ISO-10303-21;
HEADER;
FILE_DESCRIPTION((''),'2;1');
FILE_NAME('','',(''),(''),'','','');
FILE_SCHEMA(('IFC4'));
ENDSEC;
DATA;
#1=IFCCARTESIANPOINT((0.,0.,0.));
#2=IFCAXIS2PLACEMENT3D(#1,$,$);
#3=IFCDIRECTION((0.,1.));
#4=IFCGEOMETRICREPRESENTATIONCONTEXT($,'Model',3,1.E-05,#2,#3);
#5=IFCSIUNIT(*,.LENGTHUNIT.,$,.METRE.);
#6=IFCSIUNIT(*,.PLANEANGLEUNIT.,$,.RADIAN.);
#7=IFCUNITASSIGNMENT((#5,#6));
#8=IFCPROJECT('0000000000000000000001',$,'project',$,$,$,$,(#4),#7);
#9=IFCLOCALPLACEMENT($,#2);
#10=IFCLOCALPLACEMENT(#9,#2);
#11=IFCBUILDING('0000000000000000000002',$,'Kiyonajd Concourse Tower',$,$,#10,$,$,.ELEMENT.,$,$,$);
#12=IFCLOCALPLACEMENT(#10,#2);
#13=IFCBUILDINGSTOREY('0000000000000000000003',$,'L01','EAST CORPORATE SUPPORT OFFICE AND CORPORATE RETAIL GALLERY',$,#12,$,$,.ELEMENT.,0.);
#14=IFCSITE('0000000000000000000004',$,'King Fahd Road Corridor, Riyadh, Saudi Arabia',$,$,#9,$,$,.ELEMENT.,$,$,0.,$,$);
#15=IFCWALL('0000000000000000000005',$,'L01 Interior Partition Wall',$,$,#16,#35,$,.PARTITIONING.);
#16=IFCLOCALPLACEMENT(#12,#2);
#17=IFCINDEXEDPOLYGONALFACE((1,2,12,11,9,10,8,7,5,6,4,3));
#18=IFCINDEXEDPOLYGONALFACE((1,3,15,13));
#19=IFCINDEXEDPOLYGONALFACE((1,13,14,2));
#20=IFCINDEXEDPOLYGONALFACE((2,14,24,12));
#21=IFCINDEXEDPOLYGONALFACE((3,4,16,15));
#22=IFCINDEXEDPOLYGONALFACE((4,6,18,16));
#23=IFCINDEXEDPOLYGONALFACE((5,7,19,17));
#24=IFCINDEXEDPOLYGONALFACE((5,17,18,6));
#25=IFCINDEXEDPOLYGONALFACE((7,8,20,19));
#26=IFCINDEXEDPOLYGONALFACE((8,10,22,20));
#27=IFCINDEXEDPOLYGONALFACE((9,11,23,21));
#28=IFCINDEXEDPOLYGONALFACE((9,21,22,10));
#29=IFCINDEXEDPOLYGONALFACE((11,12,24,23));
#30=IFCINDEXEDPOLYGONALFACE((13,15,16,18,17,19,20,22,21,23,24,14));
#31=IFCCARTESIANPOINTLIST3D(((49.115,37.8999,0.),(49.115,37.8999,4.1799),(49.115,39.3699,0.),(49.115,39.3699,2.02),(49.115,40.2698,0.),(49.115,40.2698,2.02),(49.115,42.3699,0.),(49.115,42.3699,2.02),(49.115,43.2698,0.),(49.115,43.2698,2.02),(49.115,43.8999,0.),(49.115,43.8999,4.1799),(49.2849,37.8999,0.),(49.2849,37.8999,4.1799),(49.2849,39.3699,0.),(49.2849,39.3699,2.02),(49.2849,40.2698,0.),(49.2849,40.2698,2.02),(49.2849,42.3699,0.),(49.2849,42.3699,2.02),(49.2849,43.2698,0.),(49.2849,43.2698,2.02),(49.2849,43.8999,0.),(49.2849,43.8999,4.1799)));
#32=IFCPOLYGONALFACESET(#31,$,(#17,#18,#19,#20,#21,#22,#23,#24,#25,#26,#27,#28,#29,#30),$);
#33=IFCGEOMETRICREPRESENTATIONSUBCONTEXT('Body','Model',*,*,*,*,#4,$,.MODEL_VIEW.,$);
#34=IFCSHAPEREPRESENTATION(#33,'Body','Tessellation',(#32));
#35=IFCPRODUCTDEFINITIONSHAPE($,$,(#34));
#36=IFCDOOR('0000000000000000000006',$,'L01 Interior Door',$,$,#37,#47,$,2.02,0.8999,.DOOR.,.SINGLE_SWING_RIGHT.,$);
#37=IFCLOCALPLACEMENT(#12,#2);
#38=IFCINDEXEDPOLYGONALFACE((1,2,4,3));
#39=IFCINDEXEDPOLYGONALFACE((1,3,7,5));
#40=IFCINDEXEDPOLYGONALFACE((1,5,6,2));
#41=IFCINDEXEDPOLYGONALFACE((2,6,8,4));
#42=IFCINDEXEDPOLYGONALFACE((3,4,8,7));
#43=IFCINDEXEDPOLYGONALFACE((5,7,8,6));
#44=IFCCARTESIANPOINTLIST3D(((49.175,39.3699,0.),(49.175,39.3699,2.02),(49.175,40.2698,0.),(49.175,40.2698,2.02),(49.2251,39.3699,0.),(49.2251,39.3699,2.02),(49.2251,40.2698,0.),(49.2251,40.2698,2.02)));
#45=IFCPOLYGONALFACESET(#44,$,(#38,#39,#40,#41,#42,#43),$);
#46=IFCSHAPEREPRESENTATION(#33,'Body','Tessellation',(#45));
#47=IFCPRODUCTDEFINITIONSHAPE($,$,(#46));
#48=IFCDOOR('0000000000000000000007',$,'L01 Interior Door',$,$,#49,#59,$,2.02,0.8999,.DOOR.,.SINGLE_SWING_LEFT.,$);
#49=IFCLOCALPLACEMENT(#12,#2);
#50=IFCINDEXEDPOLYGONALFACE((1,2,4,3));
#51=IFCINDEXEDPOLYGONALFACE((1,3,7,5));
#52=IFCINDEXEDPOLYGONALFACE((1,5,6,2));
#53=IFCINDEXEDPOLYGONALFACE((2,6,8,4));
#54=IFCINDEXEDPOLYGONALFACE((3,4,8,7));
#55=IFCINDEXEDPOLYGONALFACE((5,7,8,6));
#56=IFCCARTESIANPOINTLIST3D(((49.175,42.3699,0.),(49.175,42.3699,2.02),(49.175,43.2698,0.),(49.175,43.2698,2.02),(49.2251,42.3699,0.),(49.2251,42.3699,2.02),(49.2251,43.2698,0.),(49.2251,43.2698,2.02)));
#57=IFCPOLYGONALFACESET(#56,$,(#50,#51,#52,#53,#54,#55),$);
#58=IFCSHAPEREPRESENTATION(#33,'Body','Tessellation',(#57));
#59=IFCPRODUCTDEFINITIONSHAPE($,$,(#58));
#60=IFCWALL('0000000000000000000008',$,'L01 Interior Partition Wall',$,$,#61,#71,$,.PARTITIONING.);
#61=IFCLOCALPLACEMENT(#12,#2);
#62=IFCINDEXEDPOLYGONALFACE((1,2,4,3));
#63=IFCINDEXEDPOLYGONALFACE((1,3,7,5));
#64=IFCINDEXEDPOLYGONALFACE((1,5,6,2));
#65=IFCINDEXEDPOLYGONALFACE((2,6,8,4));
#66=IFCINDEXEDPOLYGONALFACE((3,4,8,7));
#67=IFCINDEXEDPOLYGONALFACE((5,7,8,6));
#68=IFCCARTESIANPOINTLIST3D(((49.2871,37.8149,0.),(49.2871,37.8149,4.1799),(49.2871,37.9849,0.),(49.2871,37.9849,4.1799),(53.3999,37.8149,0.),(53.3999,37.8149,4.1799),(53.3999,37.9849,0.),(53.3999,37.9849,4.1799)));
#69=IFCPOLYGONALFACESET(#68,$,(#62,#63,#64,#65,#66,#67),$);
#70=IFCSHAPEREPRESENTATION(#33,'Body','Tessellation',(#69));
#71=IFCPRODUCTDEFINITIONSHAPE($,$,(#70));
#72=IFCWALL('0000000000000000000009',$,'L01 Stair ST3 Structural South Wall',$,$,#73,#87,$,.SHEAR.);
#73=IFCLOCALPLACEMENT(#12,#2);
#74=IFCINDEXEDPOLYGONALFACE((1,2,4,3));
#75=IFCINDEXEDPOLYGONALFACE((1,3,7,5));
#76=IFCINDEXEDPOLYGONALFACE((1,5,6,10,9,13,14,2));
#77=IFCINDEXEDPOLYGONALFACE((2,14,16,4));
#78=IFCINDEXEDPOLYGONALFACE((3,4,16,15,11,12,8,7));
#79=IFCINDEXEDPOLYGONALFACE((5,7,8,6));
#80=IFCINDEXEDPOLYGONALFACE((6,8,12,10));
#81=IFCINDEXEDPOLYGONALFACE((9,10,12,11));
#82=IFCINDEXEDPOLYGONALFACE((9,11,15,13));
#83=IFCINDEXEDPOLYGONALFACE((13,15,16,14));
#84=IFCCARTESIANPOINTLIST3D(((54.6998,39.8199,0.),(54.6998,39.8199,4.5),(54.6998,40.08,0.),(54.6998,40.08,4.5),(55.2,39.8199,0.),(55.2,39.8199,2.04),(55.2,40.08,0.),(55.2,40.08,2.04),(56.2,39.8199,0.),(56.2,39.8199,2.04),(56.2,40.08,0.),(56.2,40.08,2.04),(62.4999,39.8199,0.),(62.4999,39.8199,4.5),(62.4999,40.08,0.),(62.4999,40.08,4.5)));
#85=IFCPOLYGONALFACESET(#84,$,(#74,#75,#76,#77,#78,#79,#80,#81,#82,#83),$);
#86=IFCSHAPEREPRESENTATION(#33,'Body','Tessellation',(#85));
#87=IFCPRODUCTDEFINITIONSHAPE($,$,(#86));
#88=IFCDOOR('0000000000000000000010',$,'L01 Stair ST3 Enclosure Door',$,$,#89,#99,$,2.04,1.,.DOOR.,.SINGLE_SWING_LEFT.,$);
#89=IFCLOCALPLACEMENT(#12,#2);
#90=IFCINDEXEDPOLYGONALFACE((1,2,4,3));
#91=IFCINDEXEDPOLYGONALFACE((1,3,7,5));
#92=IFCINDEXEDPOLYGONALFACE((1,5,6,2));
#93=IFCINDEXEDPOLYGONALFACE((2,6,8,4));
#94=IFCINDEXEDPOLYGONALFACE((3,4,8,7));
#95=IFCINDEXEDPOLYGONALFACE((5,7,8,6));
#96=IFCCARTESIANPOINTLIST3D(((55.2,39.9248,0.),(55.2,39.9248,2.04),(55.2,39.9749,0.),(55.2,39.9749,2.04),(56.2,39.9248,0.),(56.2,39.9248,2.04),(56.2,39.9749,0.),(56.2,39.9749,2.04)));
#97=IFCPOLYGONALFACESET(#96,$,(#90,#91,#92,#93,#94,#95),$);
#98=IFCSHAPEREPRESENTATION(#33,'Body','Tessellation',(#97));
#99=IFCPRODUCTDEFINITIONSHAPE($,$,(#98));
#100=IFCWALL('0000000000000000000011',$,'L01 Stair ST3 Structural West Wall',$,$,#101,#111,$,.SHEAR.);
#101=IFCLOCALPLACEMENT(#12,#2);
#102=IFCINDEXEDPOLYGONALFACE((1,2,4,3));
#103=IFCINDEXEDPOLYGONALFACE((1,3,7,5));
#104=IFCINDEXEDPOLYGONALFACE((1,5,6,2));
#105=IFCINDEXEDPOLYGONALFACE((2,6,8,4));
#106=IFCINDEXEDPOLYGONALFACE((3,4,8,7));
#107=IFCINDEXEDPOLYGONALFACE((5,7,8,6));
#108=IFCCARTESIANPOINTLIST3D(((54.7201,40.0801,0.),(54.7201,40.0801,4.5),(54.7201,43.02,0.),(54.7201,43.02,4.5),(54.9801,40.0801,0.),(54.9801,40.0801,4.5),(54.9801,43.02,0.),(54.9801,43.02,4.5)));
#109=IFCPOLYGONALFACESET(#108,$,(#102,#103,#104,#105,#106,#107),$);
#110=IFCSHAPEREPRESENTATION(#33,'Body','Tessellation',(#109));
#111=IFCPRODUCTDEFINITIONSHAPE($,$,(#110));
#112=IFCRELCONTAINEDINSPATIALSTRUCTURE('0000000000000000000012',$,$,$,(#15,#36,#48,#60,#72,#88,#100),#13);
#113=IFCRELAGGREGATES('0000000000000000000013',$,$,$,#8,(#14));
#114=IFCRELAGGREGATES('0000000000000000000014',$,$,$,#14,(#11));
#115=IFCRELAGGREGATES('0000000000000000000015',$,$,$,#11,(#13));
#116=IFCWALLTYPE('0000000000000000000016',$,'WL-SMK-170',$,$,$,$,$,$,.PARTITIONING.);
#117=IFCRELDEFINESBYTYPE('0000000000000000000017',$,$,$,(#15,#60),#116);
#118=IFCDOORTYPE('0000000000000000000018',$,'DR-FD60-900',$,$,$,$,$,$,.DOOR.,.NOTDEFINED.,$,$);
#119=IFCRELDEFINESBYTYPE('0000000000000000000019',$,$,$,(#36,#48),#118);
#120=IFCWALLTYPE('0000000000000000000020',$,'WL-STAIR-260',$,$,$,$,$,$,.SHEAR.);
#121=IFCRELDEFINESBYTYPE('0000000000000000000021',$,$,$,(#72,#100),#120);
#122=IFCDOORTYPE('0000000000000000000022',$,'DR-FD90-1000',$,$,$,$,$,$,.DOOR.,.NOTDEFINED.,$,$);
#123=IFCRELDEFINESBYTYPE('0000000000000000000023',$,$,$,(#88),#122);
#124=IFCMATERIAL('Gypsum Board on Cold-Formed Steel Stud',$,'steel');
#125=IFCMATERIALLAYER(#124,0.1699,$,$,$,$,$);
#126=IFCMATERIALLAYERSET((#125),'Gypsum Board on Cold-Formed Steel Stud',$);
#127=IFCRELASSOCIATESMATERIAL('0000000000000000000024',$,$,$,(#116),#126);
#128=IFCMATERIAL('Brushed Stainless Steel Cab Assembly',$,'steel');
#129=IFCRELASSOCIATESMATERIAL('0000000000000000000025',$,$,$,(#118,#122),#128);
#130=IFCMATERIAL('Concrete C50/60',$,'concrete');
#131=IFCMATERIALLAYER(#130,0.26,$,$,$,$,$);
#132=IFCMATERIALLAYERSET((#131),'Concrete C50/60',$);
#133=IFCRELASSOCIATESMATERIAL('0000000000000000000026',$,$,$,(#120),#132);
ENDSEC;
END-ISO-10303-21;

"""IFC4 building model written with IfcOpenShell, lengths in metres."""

from ifc_helpers import new_model, si_unit, direction, frame, frame_2d, origin, place, context, subcontext, project, spatial, rectangle, extrude, material, layer, layer_set, type_object, element, fill, save


model = new_model("IFC4")

# Units and contexts
model_context = context("Model", 3, precision=1e-05, world=origin(), true_north=direction((0.0, 1.0)))
body_context = subcontext(model_context, "Body", "Model", "MODEL_VIEW")
ifc_project = project(units=[si_unit("LENGTHUNIT", "METRE"), si_unit("PLANEANGLEUNIT", "RADIAN")], contexts=[model_context])

# Site, building, storey
site_placement = place(None, origin())
site = spatial("IfcSite", under=ifc_project, at=site_placement, Name="King Fahd Road Corridor, Riyadh, Saudi Arabia", CompositionType="ELEMENT", RefElevation=0.0)
building_placement = place(site_placement, origin())
building = spatial("IfcBuilding", under=site, at=building_placement, Name="Kiyonajd Concourse Tower", CompositionType="ELEMENT")
storey_placement = place(building_placement, origin())
storey = spatial("IfcBuildingStorey", under=building, at=storey_placement, Name="L01", Description="EAST CORPORATE SUPPORT OFFICE AND CORPORATE RETAIL GALLERY", CompositionType="ELEMENT", Elevation=0.0)

# Shared definitions
ifc_material_1 = material(Name="Gypsum Board on Cold-Formed Steel Stud", Category="steel")

# Shared definitions
ifc_layer_1 = layer(ifc_material_1, 0.1699)
ifc_layer_set_1 = layer_set([ifc_layer_1], Name="Gypsum Board on Cold-Formed Steel Stud")
wall_type_1 = type_object("IfcWallType", Name="WL-SMK-170", PredefinedType="PARTITIONING", material=ifc_layer_set_1)

# Wall, openings, doors
wall_1_placement = place(storey_placement, frame((49.2, 37.8999, 0.0), z_axis=(0.0, 0.0, 1.0), x_axis=(0.0, 1.0, 0.0)))
wall_1 = element("IfcWall", 1, at=wall_1_placement, inside=storey, type_object=wall_type_1, Name="L01 Interior Partition Wall", PredefinedType="PARTITIONING", context=body_context, shape_type="SweptSolid", body=[
    extrude(rectangle(XDim=6.0, YDim=0.1699, at=frame_2d((3.0, 0.0))), origin(), (0.0, 0.0, 1.0), 4.1799),
])
opening_1_placement = place(wall_1_placement, frame((1.47, 0.0, 0.0)))
opening_1 = element("IfcOpeningElement", 2, at=opening_1_placement, cuts=wall_1, PredefinedType="OPENING", context=body_context, shape_type="SweptSolid", body=[
    extrude(rectangle(XDim=0.8999, YDim=2.02, at=frame_2d((0.45, 1.01))), frame((0.0, 0.095, 0.0), z_axis=(0.0, -1.0, 0.0), x_axis=(1.0, 0.0, 0.0)), (0.0, 0.0, 1.0), 0.1899),
])
opening_2_placement = place(wall_1_placement, frame((4.47, 0.0, 0.0)))
opening_2 = element("IfcOpeningElement", 3, at=opening_2_placement, cuts=wall_1, PredefinedType="OPENING", context=body_context, shape_type="SweptSolid", body=[
    extrude(rectangle(XDim=0.8999, YDim=2.02, at=frame_2d((0.45, 1.01))), frame((0.0, 0.095, 0.0), z_axis=(0.0, -1.0, 0.0), x_axis=(1.0, 0.0, 0.0)), (0.0, 0.0, 1.0), 0.1899),
])
ifc_material_2 = material(Name="Brushed Stainless Steel Cab Assembly", Category="steel")
door_type_1 = type_object("IfcDoorType", Name="DR-FD60-900", OperationType="NOTDEFINED", PredefinedType="DOOR", material=ifc_material_2)
door_1_placement = place(opening_1_placement, origin())
door_1 = element("IfcDoor", 4, at=door_1_placement, inside=storey, type_object=door_type_1, Name="L01 Interior Door", OperationType="SINGLE_SWING_RIGHT", OverallHeight=2.02, OverallWidth=0.8999, PredefinedType="DOOR", context=body_context, shape_type="SweptSolid", body=[
    extrude(rectangle(XDim=0.8999, YDim=2.02, at=frame_2d((0.45, 1.01))), frame((0.0, 0.0249, 0.0), z_axis=(0.0, -1.0, 0.0), x_axis=(1.0, 0.0, 0.0)), (0.0, 0.0, 1.0), 0.05),
])
fill(opening_1, door_1)
door_2_placement = place(opening_2_placement, origin())
door_2 = element("IfcDoor", 5, at=door_2_placement, inside=storey, type_object=door_type_1, Name="L01 Interior Door", OperationType="SINGLE_SWING_LEFT", OverallHeight=2.02, OverallWidth=0.8999, PredefinedType="DOOR", context=body_context, shape_type="SweptSolid", body=[
    extrude(rectangle(XDim=0.8999, YDim=2.02, at=frame_2d((0.45, 1.01))), frame((0.0, 0.0249, 0.0), z_axis=(0.0, -1.0, 0.0), x_axis=(1.0, 0.0, 0.0)), (0.0, 0.0, 1.0), 0.05),
])
fill(opening_2, door_2)

# Wall
wall_2_placement = place(storey_placement, frame((49.2871, 37.8999, 0.0), z_axis=(0.0, 0.0, 1.0), x_axis=(1.0, 0.0, 0.0)))
element("IfcWall", 6, at=wall_2_placement, inside=storey, type_object=wall_type_1, Name="L01 Interior Partition Wall", PredefinedType="PARTITIONING", context=body_context, shape_type="SweptSolid", body=[
    extrude(rectangle(XDim=4.1128, YDim=0.1699, at=frame_2d((2.0564, 0.0))), origin(), (0.0, 0.0, 1.0), 4.1799),
])

# Wall, opening, door
ifc_material_3 = material(Name="Concrete C50/60", Category="concrete")
ifc_layer_2 = layer(ifc_material_3, 0.26)
ifc_layer_set_2 = layer_set([ifc_layer_2], Name="Concrete C50/60")
wall_type_2 = type_object("IfcWallType", Name="WL-STAIR-260", PredefinedType="SHEAR", material=ifc_layer_set_2)
wall_3_placement = place(storey_placement, frame((54.7, 39.95, 0.0), z_axis=(0.0, 0.0, 1.0), x_axis=(1.0, 0.0, 0.0)))
wall_3 = element("IfcWall", 7, at=wall_3_placement, inside=storey, type_object=wall_type_2, Name="L01 Stair ST3 Structural South Wall", PredefinedType="SHEAR", context=body_context, shape_type="SweptSolid", body=[
    extrude(rectangle(XDim=7.8, YDim=0.26, at=frame_2d((3.8999, 0.0))), origin(), (0.0, 0.0, 1.0), 4.5),
])
opening_3_placement = place(wall_3_placement, frame((0.5, 0.0, 0.0)))
opening_3 = element("IfcOpeningElement", 8, at=opening_3_placement, cuts=wall_3, PredefinedType="OPENING", context=body_context, shape_type="SweptSolid", body=[
    extrude(rectangle(XDim=1.0, YDim=2.04, at=frame_2d((0.5, 1.02))), frame((0.0, 0.1399, 0.0), z_axis=(0.0, -1.0, 0.0), x_axis=(1.0, 0.0, 0.0)), (0.0, 0.0, 1.0), 0.28),
])
door_type_2 = type_object("IfcDoorType", Name="DR-FD90-1000", OperationType="NOTDEFINED", PredefinedType="DOOR", material=ifc_material_2)
door_3_placement = place(opening_3_placement, origin())
door_3 = element("IfcDoor", 9, at=door_3_placement, inside=storey, type_object=door_type_2, Name="L01 Stair ST3 Enclosure Door", OperationType="SINGLE_SWING_LEFT", OverallHeight=2.04, OverallWidth=1.0, PredefinedType="DOOR", context=body_context, shape_type="SweptSolid", body=[
    extrude(rectangle(XDim=1.0, YDim=2.04, at=frame_2d((0.5, 1.02))), frame((0.0, 0.0249, 0.0), z_axis=(0.0, -1.0, 0.0), x_axis=(1.0, 0.0, 0.0)), (0.0, 0.0, 1.0), 0.05),
])
fill(opening_3, door_3)

# Wall
wall_4_placement = place(storey_placement, frame((54.8501, 40.0801, 0.0), z_axis=(0.0, 0.0, 1.0), x_axis=(0.0, 1.0, 0.0)))
element("IfcWall", 10, at=wall_4_placement, inside=storey, type_object=wall_type_2, Name="L01 Stair ST3 Structural West Wall", PredefinedType="SHEAR", context=body_context, shape_type="SweptSolid", body=[
    extrude(rectangle(XDim=2.9399, YDim=0.26, at=frame_2d((1.47, 0.0))), origin(), (0.0, 0.0, 1.0), 4.5),
])

save(model, "model.ifc")
